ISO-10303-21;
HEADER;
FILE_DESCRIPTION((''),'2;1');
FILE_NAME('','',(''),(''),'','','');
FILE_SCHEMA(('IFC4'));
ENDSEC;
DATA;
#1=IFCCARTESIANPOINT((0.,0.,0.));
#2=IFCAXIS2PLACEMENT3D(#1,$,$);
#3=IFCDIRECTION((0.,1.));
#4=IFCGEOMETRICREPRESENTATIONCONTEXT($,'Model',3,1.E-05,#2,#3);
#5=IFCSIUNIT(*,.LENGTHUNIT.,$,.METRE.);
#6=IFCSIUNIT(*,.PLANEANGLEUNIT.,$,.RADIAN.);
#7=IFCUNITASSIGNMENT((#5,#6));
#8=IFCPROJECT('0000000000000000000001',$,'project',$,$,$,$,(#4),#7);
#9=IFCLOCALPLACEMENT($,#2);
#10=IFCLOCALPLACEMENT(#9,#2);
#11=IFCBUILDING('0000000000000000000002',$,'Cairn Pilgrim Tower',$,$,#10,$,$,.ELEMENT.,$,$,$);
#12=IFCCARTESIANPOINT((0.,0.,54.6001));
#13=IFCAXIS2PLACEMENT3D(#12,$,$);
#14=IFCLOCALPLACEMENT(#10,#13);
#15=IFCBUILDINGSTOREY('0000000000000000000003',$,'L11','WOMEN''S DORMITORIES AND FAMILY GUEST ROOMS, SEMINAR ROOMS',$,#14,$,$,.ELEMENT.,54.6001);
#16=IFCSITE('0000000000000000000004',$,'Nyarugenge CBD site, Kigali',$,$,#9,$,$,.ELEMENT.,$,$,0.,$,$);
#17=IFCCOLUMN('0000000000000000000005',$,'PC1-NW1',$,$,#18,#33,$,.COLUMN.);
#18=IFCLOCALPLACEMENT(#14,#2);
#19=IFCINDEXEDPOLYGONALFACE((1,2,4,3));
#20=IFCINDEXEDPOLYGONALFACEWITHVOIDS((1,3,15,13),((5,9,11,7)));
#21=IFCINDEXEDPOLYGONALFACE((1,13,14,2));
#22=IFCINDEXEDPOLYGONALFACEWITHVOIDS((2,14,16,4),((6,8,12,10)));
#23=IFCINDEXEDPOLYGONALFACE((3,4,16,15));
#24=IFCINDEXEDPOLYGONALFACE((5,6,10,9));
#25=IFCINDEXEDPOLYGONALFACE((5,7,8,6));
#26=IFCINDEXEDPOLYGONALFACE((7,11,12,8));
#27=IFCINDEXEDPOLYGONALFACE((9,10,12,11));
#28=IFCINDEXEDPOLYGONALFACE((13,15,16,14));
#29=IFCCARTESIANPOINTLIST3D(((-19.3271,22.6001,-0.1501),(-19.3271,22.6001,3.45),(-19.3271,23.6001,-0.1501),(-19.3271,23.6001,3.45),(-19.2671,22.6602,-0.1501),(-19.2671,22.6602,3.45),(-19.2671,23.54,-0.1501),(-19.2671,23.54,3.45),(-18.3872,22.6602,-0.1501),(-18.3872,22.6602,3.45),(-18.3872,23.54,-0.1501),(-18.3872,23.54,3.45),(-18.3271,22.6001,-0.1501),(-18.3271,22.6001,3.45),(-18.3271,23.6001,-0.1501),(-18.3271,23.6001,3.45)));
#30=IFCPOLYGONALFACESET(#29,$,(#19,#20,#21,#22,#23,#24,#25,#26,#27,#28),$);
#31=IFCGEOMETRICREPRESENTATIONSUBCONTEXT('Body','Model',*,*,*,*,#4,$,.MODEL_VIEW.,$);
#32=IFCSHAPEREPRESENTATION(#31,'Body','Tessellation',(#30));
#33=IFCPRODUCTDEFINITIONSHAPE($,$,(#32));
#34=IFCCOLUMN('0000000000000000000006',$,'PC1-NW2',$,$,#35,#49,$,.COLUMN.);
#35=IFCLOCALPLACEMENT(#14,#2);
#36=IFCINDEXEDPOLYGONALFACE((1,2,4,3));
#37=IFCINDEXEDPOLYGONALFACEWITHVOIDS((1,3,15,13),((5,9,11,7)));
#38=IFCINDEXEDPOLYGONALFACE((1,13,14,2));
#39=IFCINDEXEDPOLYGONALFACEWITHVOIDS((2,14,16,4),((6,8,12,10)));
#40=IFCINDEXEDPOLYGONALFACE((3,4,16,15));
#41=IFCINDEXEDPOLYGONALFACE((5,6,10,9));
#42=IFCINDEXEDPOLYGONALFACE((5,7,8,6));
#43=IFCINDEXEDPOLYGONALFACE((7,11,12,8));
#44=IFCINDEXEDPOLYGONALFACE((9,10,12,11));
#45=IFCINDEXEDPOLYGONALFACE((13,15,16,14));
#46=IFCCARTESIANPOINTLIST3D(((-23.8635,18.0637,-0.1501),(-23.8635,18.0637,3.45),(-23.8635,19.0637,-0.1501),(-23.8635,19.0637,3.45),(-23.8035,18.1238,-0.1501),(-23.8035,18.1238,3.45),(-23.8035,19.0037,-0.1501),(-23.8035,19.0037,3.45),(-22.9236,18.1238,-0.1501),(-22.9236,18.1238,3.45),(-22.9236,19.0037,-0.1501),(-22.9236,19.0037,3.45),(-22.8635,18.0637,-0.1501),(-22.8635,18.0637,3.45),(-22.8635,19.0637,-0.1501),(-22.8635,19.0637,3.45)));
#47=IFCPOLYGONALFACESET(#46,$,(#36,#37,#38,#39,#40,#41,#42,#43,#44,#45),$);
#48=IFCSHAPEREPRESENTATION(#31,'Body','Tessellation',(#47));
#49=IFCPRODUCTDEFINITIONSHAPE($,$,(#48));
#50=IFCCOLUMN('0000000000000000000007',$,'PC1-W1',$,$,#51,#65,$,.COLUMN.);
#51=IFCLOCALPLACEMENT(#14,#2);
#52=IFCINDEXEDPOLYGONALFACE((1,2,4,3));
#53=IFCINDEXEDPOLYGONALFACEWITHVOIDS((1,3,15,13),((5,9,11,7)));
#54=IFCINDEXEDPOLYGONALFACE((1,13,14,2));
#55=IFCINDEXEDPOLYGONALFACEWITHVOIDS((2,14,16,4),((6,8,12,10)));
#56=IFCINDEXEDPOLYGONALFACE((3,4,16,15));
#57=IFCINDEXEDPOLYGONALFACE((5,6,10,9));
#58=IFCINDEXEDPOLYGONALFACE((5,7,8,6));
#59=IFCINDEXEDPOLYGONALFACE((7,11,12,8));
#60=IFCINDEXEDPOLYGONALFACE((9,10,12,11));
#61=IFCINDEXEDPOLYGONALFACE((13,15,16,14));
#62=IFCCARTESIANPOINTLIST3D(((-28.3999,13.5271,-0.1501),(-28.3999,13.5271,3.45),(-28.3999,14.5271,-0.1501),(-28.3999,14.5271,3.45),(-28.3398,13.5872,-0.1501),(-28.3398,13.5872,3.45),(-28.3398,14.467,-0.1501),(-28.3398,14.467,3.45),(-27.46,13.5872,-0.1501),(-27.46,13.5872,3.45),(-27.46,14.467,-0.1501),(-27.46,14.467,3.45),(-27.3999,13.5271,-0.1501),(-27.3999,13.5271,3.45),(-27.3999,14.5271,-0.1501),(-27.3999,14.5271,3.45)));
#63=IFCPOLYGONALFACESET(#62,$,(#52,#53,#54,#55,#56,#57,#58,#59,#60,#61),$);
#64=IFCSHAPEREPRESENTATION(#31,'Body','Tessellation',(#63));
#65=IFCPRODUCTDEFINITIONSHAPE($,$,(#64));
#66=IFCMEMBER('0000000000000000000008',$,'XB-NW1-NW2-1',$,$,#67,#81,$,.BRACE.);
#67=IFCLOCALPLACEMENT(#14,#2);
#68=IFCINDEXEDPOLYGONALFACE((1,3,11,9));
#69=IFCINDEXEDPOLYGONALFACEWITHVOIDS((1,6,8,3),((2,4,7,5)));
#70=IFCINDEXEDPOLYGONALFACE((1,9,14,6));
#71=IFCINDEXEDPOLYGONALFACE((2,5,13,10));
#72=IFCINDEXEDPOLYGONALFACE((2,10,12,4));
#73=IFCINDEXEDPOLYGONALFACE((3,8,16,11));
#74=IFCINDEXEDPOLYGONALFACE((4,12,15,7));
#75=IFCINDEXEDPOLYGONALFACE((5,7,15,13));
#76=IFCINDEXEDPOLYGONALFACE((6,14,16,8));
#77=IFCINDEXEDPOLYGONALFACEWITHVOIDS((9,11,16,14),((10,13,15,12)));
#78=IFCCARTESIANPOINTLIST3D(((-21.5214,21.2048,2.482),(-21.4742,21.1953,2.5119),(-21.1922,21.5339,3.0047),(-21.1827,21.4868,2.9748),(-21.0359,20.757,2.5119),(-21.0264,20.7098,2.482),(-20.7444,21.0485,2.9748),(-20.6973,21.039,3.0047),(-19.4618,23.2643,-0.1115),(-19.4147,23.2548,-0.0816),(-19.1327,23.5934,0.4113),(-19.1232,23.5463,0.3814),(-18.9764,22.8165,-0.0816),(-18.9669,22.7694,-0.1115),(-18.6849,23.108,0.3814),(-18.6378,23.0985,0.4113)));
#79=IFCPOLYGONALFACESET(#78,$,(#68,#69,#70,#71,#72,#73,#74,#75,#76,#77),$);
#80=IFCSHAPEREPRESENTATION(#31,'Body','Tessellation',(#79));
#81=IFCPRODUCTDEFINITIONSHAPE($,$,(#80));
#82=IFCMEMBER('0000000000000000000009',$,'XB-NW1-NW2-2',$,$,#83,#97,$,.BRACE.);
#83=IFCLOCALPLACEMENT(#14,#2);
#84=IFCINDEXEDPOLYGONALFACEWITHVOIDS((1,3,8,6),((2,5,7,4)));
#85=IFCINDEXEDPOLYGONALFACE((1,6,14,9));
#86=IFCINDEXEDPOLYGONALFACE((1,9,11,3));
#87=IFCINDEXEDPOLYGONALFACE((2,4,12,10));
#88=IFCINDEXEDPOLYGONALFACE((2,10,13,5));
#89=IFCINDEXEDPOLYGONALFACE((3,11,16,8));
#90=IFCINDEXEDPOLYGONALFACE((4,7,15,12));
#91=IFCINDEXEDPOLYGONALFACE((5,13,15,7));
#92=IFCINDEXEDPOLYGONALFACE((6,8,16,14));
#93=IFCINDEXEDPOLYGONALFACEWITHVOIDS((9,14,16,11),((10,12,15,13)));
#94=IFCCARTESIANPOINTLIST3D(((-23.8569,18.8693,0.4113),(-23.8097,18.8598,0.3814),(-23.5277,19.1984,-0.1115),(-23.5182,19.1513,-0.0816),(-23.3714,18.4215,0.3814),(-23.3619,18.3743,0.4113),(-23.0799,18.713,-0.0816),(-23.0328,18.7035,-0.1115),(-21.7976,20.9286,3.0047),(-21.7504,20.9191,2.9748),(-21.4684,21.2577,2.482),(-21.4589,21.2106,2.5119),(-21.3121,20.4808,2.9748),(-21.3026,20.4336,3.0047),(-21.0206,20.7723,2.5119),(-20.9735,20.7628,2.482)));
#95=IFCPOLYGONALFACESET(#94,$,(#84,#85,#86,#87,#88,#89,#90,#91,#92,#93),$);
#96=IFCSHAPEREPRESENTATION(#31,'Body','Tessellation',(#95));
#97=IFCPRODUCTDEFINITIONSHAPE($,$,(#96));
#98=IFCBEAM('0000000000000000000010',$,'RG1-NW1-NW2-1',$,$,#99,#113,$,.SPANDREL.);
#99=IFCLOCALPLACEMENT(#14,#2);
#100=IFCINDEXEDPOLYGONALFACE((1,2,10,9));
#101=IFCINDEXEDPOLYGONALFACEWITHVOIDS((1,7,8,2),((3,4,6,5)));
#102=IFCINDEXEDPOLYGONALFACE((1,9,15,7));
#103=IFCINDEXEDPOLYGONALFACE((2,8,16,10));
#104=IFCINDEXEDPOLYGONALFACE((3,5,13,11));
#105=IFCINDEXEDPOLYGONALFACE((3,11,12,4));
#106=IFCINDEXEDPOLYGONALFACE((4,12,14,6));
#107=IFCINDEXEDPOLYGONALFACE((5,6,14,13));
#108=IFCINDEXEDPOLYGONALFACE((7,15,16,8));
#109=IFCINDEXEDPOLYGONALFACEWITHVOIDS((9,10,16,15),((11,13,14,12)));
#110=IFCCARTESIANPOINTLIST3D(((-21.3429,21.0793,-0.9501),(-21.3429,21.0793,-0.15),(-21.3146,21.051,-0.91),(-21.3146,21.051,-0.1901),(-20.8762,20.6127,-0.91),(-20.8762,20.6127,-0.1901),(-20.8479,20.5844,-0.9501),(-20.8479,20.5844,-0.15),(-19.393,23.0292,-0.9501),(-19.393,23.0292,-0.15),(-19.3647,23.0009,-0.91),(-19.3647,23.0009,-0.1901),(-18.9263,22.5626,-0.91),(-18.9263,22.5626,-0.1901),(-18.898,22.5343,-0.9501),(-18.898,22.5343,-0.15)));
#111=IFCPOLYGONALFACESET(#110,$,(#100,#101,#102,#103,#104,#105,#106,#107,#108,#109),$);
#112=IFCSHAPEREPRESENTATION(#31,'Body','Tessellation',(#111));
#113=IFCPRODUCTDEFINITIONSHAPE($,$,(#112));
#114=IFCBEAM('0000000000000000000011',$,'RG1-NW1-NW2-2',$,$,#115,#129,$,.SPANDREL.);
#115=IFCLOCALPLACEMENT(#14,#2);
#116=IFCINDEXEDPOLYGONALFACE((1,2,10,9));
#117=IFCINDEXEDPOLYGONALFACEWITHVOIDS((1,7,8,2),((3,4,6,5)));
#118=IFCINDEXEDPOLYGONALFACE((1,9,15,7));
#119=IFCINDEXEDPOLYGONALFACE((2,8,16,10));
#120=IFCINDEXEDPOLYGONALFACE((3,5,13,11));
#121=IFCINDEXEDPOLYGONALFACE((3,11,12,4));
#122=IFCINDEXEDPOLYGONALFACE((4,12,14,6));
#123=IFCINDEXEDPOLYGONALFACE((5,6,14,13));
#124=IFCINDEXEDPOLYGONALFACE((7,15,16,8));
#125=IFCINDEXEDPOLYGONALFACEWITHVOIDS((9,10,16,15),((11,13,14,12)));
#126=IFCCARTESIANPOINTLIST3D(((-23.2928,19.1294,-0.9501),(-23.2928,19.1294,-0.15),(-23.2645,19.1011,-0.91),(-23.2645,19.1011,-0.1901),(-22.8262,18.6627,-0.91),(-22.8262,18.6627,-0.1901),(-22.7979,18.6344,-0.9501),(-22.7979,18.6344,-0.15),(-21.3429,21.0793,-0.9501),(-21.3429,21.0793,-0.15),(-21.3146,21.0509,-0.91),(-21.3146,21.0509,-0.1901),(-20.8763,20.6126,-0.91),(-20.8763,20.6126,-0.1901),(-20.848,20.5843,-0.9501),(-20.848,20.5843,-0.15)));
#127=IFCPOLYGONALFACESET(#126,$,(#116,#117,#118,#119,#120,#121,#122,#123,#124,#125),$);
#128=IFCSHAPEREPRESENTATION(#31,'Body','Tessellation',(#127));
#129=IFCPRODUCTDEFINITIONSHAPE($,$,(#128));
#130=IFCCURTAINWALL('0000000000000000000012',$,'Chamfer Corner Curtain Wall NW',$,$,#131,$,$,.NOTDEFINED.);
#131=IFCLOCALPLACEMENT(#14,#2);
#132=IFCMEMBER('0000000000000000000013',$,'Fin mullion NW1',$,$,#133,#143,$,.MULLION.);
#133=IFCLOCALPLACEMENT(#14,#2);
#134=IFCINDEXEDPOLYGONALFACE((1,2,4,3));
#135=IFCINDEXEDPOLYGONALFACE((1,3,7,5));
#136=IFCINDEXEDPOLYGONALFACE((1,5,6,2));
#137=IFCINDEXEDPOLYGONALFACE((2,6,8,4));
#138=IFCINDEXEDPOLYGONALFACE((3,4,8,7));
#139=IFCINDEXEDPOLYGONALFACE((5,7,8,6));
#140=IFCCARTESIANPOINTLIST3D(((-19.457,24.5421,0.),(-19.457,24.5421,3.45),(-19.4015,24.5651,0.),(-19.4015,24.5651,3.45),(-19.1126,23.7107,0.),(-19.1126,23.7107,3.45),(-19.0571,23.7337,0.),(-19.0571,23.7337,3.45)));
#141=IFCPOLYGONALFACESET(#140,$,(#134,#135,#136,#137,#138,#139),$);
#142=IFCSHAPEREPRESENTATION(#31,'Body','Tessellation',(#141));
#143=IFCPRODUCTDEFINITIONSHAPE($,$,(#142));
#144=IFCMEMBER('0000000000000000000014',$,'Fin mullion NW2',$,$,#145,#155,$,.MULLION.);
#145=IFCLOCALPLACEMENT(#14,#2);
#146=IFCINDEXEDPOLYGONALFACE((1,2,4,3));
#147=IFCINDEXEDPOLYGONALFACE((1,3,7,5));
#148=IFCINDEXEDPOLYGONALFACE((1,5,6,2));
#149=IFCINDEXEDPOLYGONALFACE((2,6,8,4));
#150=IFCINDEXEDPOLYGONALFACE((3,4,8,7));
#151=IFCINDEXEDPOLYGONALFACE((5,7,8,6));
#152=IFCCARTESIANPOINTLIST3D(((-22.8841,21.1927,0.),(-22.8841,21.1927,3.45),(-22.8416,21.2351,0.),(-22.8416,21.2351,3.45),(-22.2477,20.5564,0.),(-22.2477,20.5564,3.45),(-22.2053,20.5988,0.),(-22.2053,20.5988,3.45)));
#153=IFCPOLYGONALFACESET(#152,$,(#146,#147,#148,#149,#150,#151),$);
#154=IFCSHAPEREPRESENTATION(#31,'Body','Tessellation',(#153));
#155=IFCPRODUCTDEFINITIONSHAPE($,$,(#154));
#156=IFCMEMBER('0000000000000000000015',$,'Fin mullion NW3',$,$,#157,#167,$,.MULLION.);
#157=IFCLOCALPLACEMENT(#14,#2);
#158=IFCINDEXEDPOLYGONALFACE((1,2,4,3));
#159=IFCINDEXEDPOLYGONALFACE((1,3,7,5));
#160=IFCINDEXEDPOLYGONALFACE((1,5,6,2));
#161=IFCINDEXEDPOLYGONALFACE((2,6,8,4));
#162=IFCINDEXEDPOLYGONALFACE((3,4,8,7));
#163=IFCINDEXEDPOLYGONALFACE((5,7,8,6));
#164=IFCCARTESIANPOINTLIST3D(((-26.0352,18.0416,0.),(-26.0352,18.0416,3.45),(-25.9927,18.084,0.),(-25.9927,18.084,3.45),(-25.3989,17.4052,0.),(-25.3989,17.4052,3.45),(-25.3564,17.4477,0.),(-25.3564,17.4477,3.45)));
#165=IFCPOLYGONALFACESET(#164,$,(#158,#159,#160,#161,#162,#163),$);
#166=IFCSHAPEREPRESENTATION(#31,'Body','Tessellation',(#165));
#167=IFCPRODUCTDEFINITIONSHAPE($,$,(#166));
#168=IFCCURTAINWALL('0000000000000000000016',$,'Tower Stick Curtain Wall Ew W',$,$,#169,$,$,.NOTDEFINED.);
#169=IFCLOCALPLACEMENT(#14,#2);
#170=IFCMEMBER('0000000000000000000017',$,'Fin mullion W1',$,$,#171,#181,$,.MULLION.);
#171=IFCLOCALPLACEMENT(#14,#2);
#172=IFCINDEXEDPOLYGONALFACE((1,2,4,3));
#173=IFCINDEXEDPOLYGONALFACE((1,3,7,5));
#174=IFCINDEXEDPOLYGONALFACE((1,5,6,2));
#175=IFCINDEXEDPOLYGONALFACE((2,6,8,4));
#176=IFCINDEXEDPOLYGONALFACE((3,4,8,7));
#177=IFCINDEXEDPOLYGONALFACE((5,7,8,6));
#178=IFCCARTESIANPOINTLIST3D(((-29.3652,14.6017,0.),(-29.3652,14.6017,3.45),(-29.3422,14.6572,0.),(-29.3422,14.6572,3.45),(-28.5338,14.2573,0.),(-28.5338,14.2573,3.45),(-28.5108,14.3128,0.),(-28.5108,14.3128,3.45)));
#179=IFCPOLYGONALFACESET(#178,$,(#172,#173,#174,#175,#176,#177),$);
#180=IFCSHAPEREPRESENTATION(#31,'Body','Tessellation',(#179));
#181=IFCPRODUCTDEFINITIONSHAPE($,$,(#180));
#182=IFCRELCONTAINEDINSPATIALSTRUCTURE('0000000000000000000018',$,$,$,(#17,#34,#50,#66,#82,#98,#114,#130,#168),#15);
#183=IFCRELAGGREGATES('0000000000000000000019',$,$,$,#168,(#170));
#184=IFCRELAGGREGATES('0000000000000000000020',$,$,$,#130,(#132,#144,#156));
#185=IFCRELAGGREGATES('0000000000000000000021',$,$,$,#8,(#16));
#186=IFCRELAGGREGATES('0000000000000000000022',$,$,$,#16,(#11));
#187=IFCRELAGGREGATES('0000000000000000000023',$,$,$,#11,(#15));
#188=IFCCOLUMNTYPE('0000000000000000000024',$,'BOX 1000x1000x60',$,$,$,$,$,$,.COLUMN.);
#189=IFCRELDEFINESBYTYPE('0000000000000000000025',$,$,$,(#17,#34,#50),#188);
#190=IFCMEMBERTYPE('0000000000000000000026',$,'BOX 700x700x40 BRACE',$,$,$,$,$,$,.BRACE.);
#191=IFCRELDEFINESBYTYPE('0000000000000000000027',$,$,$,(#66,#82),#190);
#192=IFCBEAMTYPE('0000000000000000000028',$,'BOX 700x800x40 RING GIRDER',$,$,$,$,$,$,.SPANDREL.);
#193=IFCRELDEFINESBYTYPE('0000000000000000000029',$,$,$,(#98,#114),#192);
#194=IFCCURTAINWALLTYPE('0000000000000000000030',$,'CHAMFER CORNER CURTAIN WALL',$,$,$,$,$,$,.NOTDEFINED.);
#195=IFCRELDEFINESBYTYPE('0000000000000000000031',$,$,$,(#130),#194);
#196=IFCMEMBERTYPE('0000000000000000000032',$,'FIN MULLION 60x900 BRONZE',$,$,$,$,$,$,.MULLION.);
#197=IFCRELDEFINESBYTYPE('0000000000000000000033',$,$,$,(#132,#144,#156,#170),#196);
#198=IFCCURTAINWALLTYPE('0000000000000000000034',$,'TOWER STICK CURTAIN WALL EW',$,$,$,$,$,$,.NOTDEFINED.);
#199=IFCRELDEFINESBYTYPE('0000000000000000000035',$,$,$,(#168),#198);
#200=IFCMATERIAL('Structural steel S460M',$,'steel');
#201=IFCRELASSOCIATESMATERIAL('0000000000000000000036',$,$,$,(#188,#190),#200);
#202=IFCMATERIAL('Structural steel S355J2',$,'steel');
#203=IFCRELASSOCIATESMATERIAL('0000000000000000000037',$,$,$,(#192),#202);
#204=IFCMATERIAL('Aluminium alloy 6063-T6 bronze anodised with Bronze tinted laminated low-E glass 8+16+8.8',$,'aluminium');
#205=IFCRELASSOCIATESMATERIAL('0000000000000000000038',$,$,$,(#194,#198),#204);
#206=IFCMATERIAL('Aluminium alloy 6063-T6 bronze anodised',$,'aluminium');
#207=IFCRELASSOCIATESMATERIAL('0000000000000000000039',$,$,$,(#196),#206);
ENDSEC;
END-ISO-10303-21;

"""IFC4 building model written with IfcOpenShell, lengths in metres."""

from ifc_helpers import new_model, si_unit, direction, frame, origin, origin_2d, place, context, subcontext, project, spatial, rectangle, hollow_rectangle, extrude, material, material_profile, profile_set, type_object, element, aggregate, save


model = new_model("IFC4")

# Units and contexts
model_context = context("Model", 3, precision=1e-05, world=origin(), true_north=direction((0.0, 1.0)))
body_context = subcontext(model_context, "Body", "Model", "MODEL_VIEW")
ifc_project = project(units=[si_unit("LENGTHUNIT", "METRE"), si_unit("PLANEANGLEUNIT", "RADIAN")], contexts=[model_context])

# Site, building, storey
site_placement = place(None, origin())
site = spatial("IfcSite", under=ifc_project, at=site_placement, Name="Nyarugenge CBD site, Kigali", CompositionType="ELEMENT", RefElevation=0.0)
building_placement = place(site_placement, origin())
building = spatial("IfcBuilding", under=site, at=building_placement, Name="Cairn Pilgrim Tower", CompositionType="ELEMENT")
storey_placement = place(building_placement, frame((0.0, 0.0, 54.6001)))
storey = spatial("IfcBuildingStorey", under=building, at=storey_placement, Name="L11", Description="WOMEN'S DORMITORIES AND FAMILY GUEST ROOMS, SEMINAR ROOMS", CompositionType="ELEMENT", Elevation=54.6001)

# Columns
ifc_material_1 = material(Name="Structural steel S460M", Category="steel")
ifc_material_profile_1 = material_profile(ifc_material_1, hollow_rectangle(XDim=1.0, YDim=1.0, WallThickness=0.0601, at=origin_2d()), Name="BOX 1000x1000x60")
ifc_profile_set_1 = profile_set([ifc_material_profile_1], Name="Structural steel S460M")
column_type = type_object("IfcColumnType", Name="BOX 1000x1000x60", PredefinedType="COLUMN", material=ifc_profile_set_1)
for number, where, z_axis, x_axis, name in (
    (1, (-18.8271, 23.1001, -0.1501), (0.0, 0.0, 1.0), (1.0, 0.0, 0.0), "PC1-NW1"),
    (2, (-23.3635, 18.5637, -0.1501), (0.0, 0.0, 1.0), (1.0, 0.0, 0.0), "PC1-NW2"),
    (3, (-27.8999, 14.0271, -0.1501), (0.0, 0.0, 1.0), (1.0, 0.0, 0.0), "PC1-W1"),
):
    element("IfcColumn", number, at=place(storey_placement, frame(where, z_axis=z_axis, x_axis=x_axis)), inside=storey, type_object=column_type, Name=name, PredefinedType="COLUMN", context=body_context, shape_type="SweptSolid", body=[
        extrude(hollow_rectangle(XDim=1.0, YDim=1.0, WallThickness=0.0601, at=origin_2d()), origin(), (0.0, 0.0, 1.0), 3.6001),
    ])

# Members
ifc_material_profile_2 = material_profile(ifc_material_1, hollow_rectangle(XDim=0.7, YDim=0.7, WallThickness=0.04, at=origin_2d()), Name="BOX 700x700x40")
ifc_profile_set_2 = profile_set([ifc_material_profile_2], Name="Structural steel S460M")
member_type_1 = type_object("IfcMemberType", Name="BOX 700x700x40 BRACE", PredefinedType="BRACE", material=ifc_profile_set_2)
member_1_placement = place(storey_placement, frame((-19.0498, 23.1814, 0.1499), z_axis=(-0.528096, -0.528096, 0.665003), x_axis=(0.707107, -0.707107, 0.0)))
element("IfcMember", 4, at=member_1_placement, inside=storey, type_object=member_type_1, Name="XB-NW1-NW2-1", PredefinedType="BRACE", context=body_context, shape_type="SweptSolid", body=[
    extrude(hollow_rectangle(XDim=0.7, YDim=0.7, WallThickness=0.04, at=origin_2d()), origin(), (0.0, 0.0, 1.0), 3.8999),
])
member_2_placement = place(storey_placement, frame((-23.4448, 18.7864, 0.1499), z_axis=(0.528068, 0.528068, 0.665047), x_axis=(-0.707107, 0.707107, 0.0)))
element("IfcMember", 5, at=member_2_placement, inside=storey, type_object=member_type_1, Name="XB-NW1-NW2-2", PredefinedType="BRACE", context=body_context, shape_type="SweptSolid", body=[
    extrude(hollow_rectangle(XDim=0.7, YDim=0.7, WallThickness=0.04, at=origin_2d()), origin(), (0.0, 0.0, 1.0), 3.8997),
])

# Beams
ifc_material_2 = material(Name="Structural steel S355J2", Category="steel")
ifc_material_profile_3 = material_profile(ifc_material_2, hollow_rectangle(XDim=0.7, YDim=0.8, WallThickness=0.04, at=origin_2d()), Name="BOX 700x800x40")
ifc_profile_set_3 = profile_set([ifc_material_profile_3], Name="Structural steel S355J2")
beam_type_1 = type_object("IfcBeamType", Name="BOX 700x800x40 RING GIRDER", PredefinedType="SPANDREL", material=ifc_profile_set_3)
for number, where, z_axis, x_axis, name in (
    (6, (-19.1455, 22.7817, -0.55), (-0.707107, -0.707107, 0.0), (0.707107, -0.707107, 0.0), "RG1-NW1-NW2-1"),
    (7, (-21.0955, 20.8318, -0.55), (-0.707107, -0.707107, 0.0), (0.707107, -0.707107, 0.0), "RG1-NW1-NW2-2"),
):
    element("IfcBeam", number, at=place(storey_placement, frame(where, z_axis=z_axis, x_axis=x_axis)), inside=storey, type_object=beam_type_1, Name=name, PredefinedType="SPANDREL", context=body_context, shape_type="SweptSolid", body=[
        extrude(hollow_rectangle(XDim=0.7, YDim=0.8, WallThickness=0.04, at=origin_2d()), origin(), (0.0, 0.0, 1.0), 2.7576),
    ])

# Curtain wall, members
ifc_material_3 = material(Name="Aluminium alloy 6063-T6 bronze anodised with Bronze tinted laminated low-E glass 8+16+8.8", Category="aluminium")
curtain_wall_type_1 = type_object("IfcCurtainWallType", Name="CHAMFER CORNER CURTAIN WALL", PredefinedType="NOTDEFINED", material=ifc_material_3)
curtain_wall_1_placement = place(storey_placement, origin())
curtain_wall_1 = element("IfcCurtainWall", 8, at=curtain_wall_1_placement, inside=storey, type_object=curtain_wall_type_1, Name="Chamfer Corner Curtain Wall NW", PredefinedType="NOTDEFINED")
ifc_material_4 = material(Name="Aluminium alloy 6063-T6 bronze anodised", Category="aluminium")
ifc_material_profile_4 = material_profile(ifc_material_4, rectangle(XDim=0.8999, YDim=0.0601, at=origin_2d()), Name="FIN MULLION 60x900 BRONZE")
ifc_profile_set_4 = profile_set([ifc_material_profile_4], Name="Aluminium alloy 6063-T6 bronze anodised")
member_type_2 = type_object("IfcMemberType", Name="FIN MULLION 60x900 BRONZE", PredefinedType="MULLION", material=ifc_profile_set_4)
member_3_placement = place(storey_placement, frame((-19.2571, 24.1379, 0.0), z_axis=(0.0, 0.0, 1.0), x_axis=(-0.382683, 0.92388, 0.0)))
member_3 = element("IfcMember", 9, at=member_3_placement, type_object=member_type_2, Name="Fin mullion NW1", PredefinedType="MULLION", context=body_context, shape_type="SweptSolid", body=[
    extrude(rectangle(XDim=0.8999, YDim=0.0601, at=origin_2d()), origin(), (0.0, 0.0, 1.0), 3.45),
])
member_4_placement = place(storey_placement, frame((-22.5447, 20.8958, 0.0), z_axis=(0.0, 0.0, 1.0), x_axis=(-0.707107, 0.707107, 0.0)))
member_4 = element("IfcMember", 10, at=member_4_placement, type_object=member_type_2, Name="Fin mullion NW2", PredefinedType="MULLION", context=body_context, shape_type="SweptSolid", body=[
    extrude(rectangle(XDim=0.8999, YDim=0.0601, at=origin_2d()), origin(), (0.0, 0.0, 1.0), 3.45),
])
member_5_placement = place(storey_placement, frame((-25.6958, 17.7446, 0.0), z_axis=(0.0, 0.0, 1.0), x_axis=(-0.707107, 0.707107, 0.0)))
member_5 = element("IfcMember", 11, at=member_5_placement, type_object=member_type_2, Name="Fin mullion NW3", PredefinedType="MULLION", context=body_context, shape_type="SweptSolid", body=[
    extrude(rectangle(XDim=0.8999, YDim=0.0601, at=origin_2d()), origin(), (0.0, 0.0, 1.0), 3.45),
])

# Curtain wall, member
curtain_wall_type_2 = type_object("IfcCurtainWallType", Name="TOWER STICK CURTAIN WALL EW", PredefinedType="NOTDEFINED", material=ifc_material_3)
curtain_wall_2_placement = place(storey_placement, origin())
curtain_wall_2 = element("IfcCurtainWall", 12, at=curtain_wall_2_placement, inside=storey, type_object=curtain_wall_type_2, Name="Tower Stick Curtain Wall Ew W", PredefinedType="NOTDEFINED")
member_6_placement = place(storey_placement, frame((-28.938, 14.4573, 0.0), z_axis=(0.0, 0.0, 1.0), x_axis=(-0.92388, 0.382683, 0.0)))
member_6 = element("IfcMember", 13, at=member_6_placement, type_object=member_type_2, Name="Fin mullion W1", PredefinedType="MULLION", context=body_context, shape_type="SweptSolid", body=[
    extrude(rectangle(XDim=0.8999, YDim=0.0601, at=origin_2d()), origin(), (0.0, 0.0, 1.0), 3.45),
])

aggregate(curtain_wall_2, [member_6])

aggregate(curtain_wall_1, [member_3, member_4, member_5])

save(model, "model.ifc")
